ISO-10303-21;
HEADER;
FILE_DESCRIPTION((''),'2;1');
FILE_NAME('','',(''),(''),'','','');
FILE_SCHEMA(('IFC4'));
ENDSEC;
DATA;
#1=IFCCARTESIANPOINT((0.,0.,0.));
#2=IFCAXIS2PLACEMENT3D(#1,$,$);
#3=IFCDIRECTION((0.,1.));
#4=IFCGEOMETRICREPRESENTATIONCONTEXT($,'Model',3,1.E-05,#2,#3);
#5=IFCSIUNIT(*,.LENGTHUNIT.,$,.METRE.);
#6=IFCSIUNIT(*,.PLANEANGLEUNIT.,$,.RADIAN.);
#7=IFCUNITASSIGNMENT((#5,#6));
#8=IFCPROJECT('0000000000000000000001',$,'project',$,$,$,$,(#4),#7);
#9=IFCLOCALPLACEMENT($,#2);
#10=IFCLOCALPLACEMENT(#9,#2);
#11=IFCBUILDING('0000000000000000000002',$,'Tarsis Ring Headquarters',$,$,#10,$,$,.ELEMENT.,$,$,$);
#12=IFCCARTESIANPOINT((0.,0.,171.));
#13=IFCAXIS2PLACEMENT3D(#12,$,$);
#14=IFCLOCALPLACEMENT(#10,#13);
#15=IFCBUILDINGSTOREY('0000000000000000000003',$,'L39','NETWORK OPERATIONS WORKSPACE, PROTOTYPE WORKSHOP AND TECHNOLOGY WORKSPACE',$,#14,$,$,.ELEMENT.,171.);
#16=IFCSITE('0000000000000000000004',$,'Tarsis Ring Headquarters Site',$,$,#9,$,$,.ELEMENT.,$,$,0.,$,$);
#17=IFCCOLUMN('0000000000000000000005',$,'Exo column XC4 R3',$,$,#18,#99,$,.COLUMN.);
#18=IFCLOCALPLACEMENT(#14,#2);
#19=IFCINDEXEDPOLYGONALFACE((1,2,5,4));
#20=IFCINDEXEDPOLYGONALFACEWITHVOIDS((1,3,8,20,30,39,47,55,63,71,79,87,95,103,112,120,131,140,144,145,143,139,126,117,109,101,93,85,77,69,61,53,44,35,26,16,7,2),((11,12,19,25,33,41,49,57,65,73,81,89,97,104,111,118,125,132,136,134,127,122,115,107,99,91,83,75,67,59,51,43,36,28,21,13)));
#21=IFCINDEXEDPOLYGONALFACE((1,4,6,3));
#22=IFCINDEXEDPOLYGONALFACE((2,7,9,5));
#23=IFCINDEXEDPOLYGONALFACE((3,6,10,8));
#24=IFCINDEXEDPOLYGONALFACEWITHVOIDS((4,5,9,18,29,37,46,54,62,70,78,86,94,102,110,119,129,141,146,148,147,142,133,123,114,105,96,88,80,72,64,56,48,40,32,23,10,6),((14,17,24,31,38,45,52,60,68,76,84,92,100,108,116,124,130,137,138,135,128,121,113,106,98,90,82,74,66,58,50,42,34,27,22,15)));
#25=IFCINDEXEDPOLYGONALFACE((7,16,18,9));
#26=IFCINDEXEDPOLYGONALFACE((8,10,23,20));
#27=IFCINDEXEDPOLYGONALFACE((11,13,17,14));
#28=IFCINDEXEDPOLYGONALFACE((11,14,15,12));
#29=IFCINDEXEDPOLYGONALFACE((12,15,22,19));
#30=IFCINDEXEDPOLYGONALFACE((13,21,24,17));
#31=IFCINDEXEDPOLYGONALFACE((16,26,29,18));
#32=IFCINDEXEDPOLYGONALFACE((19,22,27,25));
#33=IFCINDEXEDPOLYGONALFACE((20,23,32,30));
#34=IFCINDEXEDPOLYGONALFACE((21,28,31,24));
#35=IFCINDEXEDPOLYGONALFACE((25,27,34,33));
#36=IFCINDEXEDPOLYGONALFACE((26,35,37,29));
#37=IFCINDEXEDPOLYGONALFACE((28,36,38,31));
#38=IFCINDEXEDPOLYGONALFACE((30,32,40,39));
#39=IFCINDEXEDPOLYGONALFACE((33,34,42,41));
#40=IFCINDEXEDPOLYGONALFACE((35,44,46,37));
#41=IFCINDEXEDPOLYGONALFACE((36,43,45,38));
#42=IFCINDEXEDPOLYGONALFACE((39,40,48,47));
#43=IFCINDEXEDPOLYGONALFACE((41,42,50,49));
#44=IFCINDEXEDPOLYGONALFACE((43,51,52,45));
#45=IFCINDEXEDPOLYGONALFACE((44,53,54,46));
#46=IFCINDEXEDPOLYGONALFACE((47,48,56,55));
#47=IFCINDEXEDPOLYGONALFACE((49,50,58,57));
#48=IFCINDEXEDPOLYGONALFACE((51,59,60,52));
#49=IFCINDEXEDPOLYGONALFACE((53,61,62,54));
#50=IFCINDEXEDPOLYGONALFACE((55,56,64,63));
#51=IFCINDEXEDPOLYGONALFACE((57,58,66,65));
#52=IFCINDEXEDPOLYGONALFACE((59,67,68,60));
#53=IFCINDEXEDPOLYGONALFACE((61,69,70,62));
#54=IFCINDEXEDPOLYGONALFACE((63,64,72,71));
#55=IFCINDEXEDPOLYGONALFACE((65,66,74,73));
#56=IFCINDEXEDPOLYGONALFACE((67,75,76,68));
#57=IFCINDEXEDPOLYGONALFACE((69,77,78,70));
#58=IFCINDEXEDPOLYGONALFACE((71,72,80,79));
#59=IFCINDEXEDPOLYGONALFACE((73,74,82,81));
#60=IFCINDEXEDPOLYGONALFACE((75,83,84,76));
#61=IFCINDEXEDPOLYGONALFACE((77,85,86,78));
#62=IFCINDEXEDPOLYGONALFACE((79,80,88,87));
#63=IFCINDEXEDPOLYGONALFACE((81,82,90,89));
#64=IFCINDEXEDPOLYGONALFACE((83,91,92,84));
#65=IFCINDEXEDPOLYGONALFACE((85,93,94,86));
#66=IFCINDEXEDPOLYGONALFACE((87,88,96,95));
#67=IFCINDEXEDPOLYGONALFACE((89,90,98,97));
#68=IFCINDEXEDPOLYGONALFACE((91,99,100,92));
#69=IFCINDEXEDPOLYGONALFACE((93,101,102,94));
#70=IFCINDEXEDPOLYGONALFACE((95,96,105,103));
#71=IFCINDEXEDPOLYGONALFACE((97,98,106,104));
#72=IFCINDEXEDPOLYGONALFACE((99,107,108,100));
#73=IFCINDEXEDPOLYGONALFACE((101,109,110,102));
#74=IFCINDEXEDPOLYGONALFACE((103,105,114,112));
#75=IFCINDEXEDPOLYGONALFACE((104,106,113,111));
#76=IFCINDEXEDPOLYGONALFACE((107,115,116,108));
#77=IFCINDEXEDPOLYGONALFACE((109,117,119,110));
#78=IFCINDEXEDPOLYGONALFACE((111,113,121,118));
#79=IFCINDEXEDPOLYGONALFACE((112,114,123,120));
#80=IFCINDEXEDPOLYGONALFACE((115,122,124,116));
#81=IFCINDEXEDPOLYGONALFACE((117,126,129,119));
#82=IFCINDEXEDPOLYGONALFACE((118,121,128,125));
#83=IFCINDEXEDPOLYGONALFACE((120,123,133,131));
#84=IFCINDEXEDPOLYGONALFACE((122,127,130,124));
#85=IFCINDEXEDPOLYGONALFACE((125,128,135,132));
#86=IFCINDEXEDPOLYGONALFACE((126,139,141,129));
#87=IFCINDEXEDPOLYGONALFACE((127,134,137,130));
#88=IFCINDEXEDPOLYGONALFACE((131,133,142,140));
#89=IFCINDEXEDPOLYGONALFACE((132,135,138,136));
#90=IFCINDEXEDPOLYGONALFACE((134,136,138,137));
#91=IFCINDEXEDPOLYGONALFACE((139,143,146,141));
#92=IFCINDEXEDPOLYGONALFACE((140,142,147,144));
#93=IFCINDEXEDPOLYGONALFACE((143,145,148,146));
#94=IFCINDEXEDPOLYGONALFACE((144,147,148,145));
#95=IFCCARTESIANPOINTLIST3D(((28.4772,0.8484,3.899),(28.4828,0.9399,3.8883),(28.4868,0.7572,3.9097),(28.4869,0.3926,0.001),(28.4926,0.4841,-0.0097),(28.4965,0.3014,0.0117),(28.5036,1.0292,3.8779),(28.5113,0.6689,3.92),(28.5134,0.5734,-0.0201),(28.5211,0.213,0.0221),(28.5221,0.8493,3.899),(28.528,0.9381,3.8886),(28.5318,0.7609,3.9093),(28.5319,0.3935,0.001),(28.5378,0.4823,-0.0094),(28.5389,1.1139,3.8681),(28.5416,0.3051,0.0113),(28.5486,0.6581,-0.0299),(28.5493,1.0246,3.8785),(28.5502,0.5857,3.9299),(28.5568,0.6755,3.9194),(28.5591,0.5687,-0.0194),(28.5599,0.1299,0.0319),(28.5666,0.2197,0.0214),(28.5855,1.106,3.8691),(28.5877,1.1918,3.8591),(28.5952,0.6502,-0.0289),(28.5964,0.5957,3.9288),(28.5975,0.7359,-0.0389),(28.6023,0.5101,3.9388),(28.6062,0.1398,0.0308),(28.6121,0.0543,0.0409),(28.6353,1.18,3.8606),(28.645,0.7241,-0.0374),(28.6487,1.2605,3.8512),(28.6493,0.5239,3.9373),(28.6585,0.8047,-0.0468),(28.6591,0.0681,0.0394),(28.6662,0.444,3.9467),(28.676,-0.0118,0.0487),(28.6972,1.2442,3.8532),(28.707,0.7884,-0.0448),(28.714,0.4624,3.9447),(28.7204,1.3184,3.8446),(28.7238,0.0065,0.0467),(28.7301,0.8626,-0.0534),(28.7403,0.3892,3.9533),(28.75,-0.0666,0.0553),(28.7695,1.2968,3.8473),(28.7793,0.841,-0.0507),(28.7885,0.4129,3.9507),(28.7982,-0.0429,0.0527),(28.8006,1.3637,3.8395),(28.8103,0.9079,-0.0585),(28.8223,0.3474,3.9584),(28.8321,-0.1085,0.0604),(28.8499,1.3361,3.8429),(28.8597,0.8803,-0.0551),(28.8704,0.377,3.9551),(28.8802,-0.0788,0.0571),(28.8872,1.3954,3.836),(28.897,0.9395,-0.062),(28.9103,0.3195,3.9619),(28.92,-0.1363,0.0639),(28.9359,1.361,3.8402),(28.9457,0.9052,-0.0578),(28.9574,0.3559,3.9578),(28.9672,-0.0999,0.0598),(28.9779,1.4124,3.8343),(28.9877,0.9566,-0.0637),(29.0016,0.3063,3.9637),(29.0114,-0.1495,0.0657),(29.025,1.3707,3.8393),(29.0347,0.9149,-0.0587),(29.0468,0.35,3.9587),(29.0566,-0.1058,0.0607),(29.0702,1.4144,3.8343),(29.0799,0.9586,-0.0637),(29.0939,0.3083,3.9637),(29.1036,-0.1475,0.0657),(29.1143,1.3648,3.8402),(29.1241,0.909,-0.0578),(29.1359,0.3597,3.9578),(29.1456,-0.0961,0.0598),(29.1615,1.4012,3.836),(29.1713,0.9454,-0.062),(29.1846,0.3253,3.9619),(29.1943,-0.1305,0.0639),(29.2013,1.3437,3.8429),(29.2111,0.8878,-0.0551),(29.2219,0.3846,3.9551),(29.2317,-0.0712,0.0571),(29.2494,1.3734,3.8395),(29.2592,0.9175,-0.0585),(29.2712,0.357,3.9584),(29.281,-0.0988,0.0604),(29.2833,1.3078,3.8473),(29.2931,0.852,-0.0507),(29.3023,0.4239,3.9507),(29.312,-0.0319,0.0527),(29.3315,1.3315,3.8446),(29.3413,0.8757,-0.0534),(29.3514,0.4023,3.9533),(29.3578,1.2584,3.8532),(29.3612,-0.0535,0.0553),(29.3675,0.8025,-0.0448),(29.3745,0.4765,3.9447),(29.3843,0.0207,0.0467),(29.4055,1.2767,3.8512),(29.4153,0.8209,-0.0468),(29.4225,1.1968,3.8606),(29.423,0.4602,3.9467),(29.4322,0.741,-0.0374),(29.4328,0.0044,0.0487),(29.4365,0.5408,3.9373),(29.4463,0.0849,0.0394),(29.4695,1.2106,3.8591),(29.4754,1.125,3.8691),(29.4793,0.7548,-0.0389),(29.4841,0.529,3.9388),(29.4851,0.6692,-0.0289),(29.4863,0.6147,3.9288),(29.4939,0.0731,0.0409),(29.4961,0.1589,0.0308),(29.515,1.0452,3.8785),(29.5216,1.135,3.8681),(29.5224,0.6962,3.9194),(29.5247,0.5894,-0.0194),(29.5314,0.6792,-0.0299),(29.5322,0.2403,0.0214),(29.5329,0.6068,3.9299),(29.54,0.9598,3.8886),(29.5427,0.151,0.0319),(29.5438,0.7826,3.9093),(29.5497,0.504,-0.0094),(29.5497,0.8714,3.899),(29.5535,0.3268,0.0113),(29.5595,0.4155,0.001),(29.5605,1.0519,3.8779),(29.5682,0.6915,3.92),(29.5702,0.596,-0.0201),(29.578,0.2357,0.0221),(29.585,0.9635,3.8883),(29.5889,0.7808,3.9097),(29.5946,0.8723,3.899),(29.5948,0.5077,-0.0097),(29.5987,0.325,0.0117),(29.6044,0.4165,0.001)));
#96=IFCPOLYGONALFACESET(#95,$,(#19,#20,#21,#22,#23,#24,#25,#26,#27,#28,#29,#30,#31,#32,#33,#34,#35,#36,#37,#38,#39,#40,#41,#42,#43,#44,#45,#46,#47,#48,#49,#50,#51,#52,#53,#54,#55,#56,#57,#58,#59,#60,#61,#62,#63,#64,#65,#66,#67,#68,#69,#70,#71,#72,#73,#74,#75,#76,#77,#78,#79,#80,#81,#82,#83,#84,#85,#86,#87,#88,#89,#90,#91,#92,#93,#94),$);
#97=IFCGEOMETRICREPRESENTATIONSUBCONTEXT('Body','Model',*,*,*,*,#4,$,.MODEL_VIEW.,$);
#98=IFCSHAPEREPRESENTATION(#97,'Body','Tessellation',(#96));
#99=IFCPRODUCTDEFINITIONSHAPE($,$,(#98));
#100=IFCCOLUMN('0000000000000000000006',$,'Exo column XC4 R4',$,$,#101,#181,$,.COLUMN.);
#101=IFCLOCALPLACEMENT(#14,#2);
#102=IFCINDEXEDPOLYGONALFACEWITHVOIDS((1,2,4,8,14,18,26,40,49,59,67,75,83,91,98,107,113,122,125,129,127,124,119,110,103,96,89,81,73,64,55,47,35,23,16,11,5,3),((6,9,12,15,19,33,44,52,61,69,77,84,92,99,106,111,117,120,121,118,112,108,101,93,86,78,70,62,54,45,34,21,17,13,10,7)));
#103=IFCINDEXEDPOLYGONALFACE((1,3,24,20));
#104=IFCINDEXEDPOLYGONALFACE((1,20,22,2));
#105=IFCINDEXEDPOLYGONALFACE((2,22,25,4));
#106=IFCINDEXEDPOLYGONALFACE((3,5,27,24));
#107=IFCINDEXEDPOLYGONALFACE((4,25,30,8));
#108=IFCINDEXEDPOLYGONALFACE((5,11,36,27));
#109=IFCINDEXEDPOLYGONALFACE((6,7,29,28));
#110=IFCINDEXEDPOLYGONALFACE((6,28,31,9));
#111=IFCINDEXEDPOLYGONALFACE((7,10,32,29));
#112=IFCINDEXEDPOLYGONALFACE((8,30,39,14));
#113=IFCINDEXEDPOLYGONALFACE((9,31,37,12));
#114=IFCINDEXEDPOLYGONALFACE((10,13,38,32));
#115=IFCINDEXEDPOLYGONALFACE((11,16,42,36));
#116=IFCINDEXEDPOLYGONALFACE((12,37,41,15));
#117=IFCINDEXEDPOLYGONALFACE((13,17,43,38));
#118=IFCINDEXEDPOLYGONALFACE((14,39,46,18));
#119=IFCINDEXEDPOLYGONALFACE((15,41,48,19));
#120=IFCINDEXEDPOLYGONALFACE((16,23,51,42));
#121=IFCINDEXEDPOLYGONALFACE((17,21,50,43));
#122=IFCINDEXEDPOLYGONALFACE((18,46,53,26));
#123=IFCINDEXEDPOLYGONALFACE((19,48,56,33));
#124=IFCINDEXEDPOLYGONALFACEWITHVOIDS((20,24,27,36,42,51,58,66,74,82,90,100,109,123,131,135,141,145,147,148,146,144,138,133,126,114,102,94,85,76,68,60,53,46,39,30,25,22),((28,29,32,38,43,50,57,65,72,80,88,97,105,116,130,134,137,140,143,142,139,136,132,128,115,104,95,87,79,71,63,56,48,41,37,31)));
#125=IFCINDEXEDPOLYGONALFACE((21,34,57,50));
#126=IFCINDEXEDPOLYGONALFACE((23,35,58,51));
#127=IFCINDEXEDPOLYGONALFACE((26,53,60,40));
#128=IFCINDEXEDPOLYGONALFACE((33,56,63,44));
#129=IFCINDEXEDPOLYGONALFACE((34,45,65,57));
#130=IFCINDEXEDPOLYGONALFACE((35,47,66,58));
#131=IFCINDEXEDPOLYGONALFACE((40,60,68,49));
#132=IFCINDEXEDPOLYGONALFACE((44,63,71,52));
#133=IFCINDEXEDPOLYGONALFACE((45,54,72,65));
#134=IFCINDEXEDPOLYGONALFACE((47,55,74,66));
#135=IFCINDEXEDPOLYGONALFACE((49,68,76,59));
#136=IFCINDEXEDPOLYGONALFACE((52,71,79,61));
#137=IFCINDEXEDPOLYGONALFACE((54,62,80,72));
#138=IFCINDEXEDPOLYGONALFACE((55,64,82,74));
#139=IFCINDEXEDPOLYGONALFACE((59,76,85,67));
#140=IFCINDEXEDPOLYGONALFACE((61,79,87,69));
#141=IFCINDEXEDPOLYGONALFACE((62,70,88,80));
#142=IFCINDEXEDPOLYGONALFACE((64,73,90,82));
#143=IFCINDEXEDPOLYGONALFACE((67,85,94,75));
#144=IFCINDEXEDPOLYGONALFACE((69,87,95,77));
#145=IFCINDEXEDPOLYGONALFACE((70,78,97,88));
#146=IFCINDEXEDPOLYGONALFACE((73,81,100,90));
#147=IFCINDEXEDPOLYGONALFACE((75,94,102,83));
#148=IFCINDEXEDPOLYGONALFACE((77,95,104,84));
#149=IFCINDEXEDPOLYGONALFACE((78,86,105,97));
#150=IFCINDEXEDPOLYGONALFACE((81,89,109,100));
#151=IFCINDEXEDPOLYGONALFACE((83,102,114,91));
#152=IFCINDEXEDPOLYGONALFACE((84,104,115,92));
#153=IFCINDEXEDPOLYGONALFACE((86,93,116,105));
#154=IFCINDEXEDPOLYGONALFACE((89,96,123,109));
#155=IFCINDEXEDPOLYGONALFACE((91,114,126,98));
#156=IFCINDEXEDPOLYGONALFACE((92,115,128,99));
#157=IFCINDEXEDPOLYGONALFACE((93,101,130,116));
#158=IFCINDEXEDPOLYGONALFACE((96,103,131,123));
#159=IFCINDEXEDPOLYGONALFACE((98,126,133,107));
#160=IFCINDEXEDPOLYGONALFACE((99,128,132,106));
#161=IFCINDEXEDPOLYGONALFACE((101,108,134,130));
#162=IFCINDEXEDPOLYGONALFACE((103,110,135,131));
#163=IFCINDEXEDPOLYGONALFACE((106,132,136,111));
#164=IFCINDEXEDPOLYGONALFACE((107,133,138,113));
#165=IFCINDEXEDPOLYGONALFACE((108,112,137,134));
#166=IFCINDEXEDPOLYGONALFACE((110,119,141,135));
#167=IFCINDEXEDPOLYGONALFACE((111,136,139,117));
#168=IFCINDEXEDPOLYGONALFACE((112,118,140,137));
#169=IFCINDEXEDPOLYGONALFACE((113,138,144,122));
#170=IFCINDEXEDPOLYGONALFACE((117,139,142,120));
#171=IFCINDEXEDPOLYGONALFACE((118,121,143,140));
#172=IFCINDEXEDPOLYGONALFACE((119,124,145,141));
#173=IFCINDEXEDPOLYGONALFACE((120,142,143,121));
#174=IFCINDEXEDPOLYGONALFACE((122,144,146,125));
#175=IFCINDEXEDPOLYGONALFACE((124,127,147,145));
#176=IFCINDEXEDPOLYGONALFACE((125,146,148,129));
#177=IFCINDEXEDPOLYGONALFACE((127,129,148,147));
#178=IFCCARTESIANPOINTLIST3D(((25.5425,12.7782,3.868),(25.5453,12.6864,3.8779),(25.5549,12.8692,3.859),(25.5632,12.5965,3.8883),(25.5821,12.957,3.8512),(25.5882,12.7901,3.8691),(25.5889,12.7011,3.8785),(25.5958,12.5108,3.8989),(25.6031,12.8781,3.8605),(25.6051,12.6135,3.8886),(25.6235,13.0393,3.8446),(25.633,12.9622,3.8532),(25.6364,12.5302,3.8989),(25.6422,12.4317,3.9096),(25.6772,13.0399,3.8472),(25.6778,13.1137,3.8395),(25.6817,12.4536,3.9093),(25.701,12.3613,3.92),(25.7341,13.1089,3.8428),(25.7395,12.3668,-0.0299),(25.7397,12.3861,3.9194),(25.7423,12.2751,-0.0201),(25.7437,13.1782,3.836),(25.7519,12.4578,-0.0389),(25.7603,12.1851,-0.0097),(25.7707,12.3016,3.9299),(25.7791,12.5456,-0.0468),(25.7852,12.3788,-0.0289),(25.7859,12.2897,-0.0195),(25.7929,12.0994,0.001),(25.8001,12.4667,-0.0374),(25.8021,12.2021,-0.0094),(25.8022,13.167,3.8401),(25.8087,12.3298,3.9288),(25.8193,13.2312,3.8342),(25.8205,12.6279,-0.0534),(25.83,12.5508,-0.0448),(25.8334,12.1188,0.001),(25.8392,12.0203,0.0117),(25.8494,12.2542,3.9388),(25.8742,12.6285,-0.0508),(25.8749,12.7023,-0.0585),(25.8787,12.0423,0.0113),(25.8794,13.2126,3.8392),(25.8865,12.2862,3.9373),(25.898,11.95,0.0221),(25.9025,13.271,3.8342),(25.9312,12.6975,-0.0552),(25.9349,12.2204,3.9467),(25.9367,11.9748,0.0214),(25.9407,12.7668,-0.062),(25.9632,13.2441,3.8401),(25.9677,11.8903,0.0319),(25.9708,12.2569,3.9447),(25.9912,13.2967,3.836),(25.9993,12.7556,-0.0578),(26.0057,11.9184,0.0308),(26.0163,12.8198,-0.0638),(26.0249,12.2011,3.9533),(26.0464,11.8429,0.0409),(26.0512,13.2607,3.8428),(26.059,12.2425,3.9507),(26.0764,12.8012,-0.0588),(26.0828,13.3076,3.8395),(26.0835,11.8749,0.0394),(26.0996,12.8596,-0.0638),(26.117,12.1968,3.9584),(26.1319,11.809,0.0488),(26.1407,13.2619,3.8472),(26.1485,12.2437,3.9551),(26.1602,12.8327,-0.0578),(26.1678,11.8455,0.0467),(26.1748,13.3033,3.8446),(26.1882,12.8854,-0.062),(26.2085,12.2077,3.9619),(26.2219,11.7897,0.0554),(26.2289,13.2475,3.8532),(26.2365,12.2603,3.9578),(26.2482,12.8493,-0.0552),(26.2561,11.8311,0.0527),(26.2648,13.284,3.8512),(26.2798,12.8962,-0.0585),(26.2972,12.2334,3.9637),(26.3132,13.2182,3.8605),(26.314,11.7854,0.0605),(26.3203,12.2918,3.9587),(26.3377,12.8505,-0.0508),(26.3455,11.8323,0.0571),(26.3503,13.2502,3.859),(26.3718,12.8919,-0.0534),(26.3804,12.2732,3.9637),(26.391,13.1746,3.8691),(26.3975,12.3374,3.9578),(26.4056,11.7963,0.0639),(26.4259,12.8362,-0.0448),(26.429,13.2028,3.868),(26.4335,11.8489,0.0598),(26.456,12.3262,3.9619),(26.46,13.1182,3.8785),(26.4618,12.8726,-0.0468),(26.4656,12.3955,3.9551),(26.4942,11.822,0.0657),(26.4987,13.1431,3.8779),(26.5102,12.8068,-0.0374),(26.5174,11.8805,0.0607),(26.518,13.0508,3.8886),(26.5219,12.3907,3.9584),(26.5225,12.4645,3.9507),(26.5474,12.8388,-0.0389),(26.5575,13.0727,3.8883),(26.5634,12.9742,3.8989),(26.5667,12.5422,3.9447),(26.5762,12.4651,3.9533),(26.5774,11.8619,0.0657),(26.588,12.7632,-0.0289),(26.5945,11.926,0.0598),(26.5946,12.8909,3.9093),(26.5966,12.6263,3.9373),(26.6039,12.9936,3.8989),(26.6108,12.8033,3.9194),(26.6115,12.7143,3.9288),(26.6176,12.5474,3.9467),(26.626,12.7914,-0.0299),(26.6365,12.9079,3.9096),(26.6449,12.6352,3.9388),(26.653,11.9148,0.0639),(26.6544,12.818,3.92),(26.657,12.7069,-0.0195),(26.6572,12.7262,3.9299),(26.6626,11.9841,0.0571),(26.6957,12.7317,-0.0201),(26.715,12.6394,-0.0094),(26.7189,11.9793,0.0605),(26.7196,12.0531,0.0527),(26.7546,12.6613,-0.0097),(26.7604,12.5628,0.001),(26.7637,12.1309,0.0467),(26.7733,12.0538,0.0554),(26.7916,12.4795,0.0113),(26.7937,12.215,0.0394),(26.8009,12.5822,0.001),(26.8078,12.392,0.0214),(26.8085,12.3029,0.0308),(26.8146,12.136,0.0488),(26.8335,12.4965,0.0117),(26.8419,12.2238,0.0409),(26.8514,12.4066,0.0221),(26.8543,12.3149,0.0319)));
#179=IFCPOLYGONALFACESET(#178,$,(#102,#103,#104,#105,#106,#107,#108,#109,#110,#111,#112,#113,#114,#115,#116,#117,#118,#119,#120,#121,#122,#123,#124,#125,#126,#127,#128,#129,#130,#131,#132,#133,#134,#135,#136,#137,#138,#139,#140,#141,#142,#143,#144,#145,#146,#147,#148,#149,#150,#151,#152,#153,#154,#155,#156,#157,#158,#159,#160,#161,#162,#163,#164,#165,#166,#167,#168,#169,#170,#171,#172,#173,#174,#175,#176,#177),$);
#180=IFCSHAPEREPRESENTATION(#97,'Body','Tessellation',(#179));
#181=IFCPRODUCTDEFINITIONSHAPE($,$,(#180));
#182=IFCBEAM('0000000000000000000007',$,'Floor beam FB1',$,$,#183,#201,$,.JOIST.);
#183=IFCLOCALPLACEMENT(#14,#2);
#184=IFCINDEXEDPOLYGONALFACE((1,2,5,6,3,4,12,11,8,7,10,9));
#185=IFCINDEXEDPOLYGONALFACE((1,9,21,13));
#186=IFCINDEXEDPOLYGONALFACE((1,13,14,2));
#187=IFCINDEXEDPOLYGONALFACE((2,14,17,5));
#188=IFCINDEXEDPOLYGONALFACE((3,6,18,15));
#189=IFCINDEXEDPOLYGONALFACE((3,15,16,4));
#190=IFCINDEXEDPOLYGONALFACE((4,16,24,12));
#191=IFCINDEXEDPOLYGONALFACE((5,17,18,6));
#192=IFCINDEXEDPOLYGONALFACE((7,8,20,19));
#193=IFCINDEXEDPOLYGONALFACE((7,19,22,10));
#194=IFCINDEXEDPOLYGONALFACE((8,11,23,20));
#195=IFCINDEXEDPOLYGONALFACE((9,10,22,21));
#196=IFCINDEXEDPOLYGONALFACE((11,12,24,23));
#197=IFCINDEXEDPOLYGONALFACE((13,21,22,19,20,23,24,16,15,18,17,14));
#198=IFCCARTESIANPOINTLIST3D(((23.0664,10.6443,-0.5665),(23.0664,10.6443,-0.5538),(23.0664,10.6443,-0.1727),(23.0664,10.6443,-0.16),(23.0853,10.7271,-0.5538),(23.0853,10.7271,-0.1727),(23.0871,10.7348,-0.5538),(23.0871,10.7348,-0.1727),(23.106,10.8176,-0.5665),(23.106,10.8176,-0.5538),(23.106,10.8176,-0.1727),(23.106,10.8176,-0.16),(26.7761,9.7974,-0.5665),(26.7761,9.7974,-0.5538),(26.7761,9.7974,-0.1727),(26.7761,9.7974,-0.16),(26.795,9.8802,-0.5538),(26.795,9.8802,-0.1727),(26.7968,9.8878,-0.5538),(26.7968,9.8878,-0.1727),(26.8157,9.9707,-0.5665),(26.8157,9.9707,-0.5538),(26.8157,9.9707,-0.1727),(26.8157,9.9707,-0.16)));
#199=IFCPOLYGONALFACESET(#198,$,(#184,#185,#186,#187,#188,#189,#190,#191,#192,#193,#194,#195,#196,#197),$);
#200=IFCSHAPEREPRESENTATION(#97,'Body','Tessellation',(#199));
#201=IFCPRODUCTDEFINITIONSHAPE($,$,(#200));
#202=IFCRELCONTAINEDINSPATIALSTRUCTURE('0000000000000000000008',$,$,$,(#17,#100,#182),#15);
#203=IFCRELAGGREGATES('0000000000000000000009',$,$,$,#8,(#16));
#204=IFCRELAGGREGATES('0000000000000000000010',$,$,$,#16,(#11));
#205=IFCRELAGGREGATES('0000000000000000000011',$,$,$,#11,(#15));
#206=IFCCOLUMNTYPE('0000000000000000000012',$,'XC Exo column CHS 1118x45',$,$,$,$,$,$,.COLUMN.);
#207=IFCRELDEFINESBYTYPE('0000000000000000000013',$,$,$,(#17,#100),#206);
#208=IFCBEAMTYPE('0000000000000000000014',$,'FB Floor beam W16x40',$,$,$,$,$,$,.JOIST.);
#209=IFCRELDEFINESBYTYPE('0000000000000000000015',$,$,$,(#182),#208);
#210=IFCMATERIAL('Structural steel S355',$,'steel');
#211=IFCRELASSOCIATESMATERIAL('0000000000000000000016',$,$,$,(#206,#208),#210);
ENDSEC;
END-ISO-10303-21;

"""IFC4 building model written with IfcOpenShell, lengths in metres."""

from ifc_helpers import new_model, si_unit, direction, frame, origin, origin_2d, place, context, subcontext, project, spatial, hollow_circle, i_section, extrude, material, material_profile, profile_set, type_object, element, save


model = new_model("IFC4")

# Units and contexts
model_context = context("Model", 3, precision=1e-05, world=origin(), true_north=direction((0.0, 1.0)))
body_context = subcontext(model_context, "Body", "Model", "MODEL_VIEW")
ifc_project = project(units=[si_unit("LENGTHUNIT", "METRE"), si_unit("PLANEANGLEUNIT", "RADIAN")], contexts=[model_context])

# Site, building, storey
site_placement = place(None, origin())
site = spatial("IfcSite", under=ifc_project, at=site_placement, Name="Tarsis Ring Headquarters Site", CompositionType="ELEMENT", RefElevation=0.0)
building_placement = place(site_placement, origin())
building = spatial("IfcBuilding", under=site, at=building_placement, Name="Tarsis Ring Headquarters", CompositionType="ELEMENT")
storey_placement = place(building_placement, frame((0.0, 0.0, 171.0)))
storey = spatial("IfcBuildingStorey", under=building, at=storey_placement, Name="L39", Description="NETWORK OPERATIONS WORKSPACE, PROTOTYPE WORKSHOP AND TECHNOLOGY WORKSPACE", CompositionType="ELEMENT", Elevation=171.0)

# Columns
ifc_material_1 = material(Name="Structural steel S355", Category="steel")
ifc_material_profile_1 = material_profile(ifc_material_1, hollow_circle(Radius=0.5588, WallThickness=0.0449, at=origin_2d()), Name="CHS 1118x45")
ifc_profile_set_1 = profile_set([ifc_material_profile_1], Name="Structural steel S355")
column_type = type_object("IfcColumnType", Name="XC Exo column CHS 1118x45", PredefinedType="COLUMN", material=ifc_profile_set_1)
for number, where, z_axis, x_axis, name in (
    (1, (29.0457, 0.4045, 0.001), (-0.002488, 0.116144, 0.993229), (-0.999771, -0.02142, 0.0), "Exo column XC4 R3"),
    (2, (26.2969, 12.3408, 0.001), (-0.050202, 0.104822, 0.993223), (-0.901899, -0.431948, 0.0), "Exo column XC4 R4"),
):
    element("IfcColumn", number, at=place(storey_placement, frame(where, z_axis=z_axis, x_axis=x_axis)), inside=storey, type_object=column_type, Name=name, PredefinedType="COLUMN", context=body_context, shape_type="SweptSolid", body=[
        extrude(hollow_circle(Radius=0.5588, WallThickness=0.0449, at=origin_2d()), origin(), (0.0, 0.0, 1.0), 3.9246),
    ])

# Beam
ifc_material_profile_2 = material_profile(ifc_material_1, i_section(OverallWidth=0.1777, OverallDepth=0.4065, WebThickness=0.0078, FlangeThickness=0.0127, at=origin_2d()), Name="W16x40")
ifc_profile_set_2 = profile_set([ifc_material_profile_2], Name="Structural steel S355")
beam_type_1 = type_object("IfcBeamType", Name="FB Floor beam W16x40", PredefinedType="JOIST", material=ifc_profile_set_2)
beam_1_placement = place(storey_placement, frame((23.0862, 10.731, -0.3633), z_axis=(0.974916, -0.222572, 0.0), x_axis=(0.222572, 0.974916, 0.0)))
element("IfcBeam", 3, at=beam_1_placement, inside=storey, type_object=beam_type_1, Name="Floor beam FB1", PredefinedType="JOIST", context=body_context, shape_type="SweptSolid", body=[
    extrude(i_section(OverallWidth=0.1777, OverallDepth=0.4065, WebThickness=0.0078, FlangeThickness=0.0127, at=origin_2d()), origin(), (0.0, 0.0, 1.0), 3.8052),
])

save(model, "model.ifc")
